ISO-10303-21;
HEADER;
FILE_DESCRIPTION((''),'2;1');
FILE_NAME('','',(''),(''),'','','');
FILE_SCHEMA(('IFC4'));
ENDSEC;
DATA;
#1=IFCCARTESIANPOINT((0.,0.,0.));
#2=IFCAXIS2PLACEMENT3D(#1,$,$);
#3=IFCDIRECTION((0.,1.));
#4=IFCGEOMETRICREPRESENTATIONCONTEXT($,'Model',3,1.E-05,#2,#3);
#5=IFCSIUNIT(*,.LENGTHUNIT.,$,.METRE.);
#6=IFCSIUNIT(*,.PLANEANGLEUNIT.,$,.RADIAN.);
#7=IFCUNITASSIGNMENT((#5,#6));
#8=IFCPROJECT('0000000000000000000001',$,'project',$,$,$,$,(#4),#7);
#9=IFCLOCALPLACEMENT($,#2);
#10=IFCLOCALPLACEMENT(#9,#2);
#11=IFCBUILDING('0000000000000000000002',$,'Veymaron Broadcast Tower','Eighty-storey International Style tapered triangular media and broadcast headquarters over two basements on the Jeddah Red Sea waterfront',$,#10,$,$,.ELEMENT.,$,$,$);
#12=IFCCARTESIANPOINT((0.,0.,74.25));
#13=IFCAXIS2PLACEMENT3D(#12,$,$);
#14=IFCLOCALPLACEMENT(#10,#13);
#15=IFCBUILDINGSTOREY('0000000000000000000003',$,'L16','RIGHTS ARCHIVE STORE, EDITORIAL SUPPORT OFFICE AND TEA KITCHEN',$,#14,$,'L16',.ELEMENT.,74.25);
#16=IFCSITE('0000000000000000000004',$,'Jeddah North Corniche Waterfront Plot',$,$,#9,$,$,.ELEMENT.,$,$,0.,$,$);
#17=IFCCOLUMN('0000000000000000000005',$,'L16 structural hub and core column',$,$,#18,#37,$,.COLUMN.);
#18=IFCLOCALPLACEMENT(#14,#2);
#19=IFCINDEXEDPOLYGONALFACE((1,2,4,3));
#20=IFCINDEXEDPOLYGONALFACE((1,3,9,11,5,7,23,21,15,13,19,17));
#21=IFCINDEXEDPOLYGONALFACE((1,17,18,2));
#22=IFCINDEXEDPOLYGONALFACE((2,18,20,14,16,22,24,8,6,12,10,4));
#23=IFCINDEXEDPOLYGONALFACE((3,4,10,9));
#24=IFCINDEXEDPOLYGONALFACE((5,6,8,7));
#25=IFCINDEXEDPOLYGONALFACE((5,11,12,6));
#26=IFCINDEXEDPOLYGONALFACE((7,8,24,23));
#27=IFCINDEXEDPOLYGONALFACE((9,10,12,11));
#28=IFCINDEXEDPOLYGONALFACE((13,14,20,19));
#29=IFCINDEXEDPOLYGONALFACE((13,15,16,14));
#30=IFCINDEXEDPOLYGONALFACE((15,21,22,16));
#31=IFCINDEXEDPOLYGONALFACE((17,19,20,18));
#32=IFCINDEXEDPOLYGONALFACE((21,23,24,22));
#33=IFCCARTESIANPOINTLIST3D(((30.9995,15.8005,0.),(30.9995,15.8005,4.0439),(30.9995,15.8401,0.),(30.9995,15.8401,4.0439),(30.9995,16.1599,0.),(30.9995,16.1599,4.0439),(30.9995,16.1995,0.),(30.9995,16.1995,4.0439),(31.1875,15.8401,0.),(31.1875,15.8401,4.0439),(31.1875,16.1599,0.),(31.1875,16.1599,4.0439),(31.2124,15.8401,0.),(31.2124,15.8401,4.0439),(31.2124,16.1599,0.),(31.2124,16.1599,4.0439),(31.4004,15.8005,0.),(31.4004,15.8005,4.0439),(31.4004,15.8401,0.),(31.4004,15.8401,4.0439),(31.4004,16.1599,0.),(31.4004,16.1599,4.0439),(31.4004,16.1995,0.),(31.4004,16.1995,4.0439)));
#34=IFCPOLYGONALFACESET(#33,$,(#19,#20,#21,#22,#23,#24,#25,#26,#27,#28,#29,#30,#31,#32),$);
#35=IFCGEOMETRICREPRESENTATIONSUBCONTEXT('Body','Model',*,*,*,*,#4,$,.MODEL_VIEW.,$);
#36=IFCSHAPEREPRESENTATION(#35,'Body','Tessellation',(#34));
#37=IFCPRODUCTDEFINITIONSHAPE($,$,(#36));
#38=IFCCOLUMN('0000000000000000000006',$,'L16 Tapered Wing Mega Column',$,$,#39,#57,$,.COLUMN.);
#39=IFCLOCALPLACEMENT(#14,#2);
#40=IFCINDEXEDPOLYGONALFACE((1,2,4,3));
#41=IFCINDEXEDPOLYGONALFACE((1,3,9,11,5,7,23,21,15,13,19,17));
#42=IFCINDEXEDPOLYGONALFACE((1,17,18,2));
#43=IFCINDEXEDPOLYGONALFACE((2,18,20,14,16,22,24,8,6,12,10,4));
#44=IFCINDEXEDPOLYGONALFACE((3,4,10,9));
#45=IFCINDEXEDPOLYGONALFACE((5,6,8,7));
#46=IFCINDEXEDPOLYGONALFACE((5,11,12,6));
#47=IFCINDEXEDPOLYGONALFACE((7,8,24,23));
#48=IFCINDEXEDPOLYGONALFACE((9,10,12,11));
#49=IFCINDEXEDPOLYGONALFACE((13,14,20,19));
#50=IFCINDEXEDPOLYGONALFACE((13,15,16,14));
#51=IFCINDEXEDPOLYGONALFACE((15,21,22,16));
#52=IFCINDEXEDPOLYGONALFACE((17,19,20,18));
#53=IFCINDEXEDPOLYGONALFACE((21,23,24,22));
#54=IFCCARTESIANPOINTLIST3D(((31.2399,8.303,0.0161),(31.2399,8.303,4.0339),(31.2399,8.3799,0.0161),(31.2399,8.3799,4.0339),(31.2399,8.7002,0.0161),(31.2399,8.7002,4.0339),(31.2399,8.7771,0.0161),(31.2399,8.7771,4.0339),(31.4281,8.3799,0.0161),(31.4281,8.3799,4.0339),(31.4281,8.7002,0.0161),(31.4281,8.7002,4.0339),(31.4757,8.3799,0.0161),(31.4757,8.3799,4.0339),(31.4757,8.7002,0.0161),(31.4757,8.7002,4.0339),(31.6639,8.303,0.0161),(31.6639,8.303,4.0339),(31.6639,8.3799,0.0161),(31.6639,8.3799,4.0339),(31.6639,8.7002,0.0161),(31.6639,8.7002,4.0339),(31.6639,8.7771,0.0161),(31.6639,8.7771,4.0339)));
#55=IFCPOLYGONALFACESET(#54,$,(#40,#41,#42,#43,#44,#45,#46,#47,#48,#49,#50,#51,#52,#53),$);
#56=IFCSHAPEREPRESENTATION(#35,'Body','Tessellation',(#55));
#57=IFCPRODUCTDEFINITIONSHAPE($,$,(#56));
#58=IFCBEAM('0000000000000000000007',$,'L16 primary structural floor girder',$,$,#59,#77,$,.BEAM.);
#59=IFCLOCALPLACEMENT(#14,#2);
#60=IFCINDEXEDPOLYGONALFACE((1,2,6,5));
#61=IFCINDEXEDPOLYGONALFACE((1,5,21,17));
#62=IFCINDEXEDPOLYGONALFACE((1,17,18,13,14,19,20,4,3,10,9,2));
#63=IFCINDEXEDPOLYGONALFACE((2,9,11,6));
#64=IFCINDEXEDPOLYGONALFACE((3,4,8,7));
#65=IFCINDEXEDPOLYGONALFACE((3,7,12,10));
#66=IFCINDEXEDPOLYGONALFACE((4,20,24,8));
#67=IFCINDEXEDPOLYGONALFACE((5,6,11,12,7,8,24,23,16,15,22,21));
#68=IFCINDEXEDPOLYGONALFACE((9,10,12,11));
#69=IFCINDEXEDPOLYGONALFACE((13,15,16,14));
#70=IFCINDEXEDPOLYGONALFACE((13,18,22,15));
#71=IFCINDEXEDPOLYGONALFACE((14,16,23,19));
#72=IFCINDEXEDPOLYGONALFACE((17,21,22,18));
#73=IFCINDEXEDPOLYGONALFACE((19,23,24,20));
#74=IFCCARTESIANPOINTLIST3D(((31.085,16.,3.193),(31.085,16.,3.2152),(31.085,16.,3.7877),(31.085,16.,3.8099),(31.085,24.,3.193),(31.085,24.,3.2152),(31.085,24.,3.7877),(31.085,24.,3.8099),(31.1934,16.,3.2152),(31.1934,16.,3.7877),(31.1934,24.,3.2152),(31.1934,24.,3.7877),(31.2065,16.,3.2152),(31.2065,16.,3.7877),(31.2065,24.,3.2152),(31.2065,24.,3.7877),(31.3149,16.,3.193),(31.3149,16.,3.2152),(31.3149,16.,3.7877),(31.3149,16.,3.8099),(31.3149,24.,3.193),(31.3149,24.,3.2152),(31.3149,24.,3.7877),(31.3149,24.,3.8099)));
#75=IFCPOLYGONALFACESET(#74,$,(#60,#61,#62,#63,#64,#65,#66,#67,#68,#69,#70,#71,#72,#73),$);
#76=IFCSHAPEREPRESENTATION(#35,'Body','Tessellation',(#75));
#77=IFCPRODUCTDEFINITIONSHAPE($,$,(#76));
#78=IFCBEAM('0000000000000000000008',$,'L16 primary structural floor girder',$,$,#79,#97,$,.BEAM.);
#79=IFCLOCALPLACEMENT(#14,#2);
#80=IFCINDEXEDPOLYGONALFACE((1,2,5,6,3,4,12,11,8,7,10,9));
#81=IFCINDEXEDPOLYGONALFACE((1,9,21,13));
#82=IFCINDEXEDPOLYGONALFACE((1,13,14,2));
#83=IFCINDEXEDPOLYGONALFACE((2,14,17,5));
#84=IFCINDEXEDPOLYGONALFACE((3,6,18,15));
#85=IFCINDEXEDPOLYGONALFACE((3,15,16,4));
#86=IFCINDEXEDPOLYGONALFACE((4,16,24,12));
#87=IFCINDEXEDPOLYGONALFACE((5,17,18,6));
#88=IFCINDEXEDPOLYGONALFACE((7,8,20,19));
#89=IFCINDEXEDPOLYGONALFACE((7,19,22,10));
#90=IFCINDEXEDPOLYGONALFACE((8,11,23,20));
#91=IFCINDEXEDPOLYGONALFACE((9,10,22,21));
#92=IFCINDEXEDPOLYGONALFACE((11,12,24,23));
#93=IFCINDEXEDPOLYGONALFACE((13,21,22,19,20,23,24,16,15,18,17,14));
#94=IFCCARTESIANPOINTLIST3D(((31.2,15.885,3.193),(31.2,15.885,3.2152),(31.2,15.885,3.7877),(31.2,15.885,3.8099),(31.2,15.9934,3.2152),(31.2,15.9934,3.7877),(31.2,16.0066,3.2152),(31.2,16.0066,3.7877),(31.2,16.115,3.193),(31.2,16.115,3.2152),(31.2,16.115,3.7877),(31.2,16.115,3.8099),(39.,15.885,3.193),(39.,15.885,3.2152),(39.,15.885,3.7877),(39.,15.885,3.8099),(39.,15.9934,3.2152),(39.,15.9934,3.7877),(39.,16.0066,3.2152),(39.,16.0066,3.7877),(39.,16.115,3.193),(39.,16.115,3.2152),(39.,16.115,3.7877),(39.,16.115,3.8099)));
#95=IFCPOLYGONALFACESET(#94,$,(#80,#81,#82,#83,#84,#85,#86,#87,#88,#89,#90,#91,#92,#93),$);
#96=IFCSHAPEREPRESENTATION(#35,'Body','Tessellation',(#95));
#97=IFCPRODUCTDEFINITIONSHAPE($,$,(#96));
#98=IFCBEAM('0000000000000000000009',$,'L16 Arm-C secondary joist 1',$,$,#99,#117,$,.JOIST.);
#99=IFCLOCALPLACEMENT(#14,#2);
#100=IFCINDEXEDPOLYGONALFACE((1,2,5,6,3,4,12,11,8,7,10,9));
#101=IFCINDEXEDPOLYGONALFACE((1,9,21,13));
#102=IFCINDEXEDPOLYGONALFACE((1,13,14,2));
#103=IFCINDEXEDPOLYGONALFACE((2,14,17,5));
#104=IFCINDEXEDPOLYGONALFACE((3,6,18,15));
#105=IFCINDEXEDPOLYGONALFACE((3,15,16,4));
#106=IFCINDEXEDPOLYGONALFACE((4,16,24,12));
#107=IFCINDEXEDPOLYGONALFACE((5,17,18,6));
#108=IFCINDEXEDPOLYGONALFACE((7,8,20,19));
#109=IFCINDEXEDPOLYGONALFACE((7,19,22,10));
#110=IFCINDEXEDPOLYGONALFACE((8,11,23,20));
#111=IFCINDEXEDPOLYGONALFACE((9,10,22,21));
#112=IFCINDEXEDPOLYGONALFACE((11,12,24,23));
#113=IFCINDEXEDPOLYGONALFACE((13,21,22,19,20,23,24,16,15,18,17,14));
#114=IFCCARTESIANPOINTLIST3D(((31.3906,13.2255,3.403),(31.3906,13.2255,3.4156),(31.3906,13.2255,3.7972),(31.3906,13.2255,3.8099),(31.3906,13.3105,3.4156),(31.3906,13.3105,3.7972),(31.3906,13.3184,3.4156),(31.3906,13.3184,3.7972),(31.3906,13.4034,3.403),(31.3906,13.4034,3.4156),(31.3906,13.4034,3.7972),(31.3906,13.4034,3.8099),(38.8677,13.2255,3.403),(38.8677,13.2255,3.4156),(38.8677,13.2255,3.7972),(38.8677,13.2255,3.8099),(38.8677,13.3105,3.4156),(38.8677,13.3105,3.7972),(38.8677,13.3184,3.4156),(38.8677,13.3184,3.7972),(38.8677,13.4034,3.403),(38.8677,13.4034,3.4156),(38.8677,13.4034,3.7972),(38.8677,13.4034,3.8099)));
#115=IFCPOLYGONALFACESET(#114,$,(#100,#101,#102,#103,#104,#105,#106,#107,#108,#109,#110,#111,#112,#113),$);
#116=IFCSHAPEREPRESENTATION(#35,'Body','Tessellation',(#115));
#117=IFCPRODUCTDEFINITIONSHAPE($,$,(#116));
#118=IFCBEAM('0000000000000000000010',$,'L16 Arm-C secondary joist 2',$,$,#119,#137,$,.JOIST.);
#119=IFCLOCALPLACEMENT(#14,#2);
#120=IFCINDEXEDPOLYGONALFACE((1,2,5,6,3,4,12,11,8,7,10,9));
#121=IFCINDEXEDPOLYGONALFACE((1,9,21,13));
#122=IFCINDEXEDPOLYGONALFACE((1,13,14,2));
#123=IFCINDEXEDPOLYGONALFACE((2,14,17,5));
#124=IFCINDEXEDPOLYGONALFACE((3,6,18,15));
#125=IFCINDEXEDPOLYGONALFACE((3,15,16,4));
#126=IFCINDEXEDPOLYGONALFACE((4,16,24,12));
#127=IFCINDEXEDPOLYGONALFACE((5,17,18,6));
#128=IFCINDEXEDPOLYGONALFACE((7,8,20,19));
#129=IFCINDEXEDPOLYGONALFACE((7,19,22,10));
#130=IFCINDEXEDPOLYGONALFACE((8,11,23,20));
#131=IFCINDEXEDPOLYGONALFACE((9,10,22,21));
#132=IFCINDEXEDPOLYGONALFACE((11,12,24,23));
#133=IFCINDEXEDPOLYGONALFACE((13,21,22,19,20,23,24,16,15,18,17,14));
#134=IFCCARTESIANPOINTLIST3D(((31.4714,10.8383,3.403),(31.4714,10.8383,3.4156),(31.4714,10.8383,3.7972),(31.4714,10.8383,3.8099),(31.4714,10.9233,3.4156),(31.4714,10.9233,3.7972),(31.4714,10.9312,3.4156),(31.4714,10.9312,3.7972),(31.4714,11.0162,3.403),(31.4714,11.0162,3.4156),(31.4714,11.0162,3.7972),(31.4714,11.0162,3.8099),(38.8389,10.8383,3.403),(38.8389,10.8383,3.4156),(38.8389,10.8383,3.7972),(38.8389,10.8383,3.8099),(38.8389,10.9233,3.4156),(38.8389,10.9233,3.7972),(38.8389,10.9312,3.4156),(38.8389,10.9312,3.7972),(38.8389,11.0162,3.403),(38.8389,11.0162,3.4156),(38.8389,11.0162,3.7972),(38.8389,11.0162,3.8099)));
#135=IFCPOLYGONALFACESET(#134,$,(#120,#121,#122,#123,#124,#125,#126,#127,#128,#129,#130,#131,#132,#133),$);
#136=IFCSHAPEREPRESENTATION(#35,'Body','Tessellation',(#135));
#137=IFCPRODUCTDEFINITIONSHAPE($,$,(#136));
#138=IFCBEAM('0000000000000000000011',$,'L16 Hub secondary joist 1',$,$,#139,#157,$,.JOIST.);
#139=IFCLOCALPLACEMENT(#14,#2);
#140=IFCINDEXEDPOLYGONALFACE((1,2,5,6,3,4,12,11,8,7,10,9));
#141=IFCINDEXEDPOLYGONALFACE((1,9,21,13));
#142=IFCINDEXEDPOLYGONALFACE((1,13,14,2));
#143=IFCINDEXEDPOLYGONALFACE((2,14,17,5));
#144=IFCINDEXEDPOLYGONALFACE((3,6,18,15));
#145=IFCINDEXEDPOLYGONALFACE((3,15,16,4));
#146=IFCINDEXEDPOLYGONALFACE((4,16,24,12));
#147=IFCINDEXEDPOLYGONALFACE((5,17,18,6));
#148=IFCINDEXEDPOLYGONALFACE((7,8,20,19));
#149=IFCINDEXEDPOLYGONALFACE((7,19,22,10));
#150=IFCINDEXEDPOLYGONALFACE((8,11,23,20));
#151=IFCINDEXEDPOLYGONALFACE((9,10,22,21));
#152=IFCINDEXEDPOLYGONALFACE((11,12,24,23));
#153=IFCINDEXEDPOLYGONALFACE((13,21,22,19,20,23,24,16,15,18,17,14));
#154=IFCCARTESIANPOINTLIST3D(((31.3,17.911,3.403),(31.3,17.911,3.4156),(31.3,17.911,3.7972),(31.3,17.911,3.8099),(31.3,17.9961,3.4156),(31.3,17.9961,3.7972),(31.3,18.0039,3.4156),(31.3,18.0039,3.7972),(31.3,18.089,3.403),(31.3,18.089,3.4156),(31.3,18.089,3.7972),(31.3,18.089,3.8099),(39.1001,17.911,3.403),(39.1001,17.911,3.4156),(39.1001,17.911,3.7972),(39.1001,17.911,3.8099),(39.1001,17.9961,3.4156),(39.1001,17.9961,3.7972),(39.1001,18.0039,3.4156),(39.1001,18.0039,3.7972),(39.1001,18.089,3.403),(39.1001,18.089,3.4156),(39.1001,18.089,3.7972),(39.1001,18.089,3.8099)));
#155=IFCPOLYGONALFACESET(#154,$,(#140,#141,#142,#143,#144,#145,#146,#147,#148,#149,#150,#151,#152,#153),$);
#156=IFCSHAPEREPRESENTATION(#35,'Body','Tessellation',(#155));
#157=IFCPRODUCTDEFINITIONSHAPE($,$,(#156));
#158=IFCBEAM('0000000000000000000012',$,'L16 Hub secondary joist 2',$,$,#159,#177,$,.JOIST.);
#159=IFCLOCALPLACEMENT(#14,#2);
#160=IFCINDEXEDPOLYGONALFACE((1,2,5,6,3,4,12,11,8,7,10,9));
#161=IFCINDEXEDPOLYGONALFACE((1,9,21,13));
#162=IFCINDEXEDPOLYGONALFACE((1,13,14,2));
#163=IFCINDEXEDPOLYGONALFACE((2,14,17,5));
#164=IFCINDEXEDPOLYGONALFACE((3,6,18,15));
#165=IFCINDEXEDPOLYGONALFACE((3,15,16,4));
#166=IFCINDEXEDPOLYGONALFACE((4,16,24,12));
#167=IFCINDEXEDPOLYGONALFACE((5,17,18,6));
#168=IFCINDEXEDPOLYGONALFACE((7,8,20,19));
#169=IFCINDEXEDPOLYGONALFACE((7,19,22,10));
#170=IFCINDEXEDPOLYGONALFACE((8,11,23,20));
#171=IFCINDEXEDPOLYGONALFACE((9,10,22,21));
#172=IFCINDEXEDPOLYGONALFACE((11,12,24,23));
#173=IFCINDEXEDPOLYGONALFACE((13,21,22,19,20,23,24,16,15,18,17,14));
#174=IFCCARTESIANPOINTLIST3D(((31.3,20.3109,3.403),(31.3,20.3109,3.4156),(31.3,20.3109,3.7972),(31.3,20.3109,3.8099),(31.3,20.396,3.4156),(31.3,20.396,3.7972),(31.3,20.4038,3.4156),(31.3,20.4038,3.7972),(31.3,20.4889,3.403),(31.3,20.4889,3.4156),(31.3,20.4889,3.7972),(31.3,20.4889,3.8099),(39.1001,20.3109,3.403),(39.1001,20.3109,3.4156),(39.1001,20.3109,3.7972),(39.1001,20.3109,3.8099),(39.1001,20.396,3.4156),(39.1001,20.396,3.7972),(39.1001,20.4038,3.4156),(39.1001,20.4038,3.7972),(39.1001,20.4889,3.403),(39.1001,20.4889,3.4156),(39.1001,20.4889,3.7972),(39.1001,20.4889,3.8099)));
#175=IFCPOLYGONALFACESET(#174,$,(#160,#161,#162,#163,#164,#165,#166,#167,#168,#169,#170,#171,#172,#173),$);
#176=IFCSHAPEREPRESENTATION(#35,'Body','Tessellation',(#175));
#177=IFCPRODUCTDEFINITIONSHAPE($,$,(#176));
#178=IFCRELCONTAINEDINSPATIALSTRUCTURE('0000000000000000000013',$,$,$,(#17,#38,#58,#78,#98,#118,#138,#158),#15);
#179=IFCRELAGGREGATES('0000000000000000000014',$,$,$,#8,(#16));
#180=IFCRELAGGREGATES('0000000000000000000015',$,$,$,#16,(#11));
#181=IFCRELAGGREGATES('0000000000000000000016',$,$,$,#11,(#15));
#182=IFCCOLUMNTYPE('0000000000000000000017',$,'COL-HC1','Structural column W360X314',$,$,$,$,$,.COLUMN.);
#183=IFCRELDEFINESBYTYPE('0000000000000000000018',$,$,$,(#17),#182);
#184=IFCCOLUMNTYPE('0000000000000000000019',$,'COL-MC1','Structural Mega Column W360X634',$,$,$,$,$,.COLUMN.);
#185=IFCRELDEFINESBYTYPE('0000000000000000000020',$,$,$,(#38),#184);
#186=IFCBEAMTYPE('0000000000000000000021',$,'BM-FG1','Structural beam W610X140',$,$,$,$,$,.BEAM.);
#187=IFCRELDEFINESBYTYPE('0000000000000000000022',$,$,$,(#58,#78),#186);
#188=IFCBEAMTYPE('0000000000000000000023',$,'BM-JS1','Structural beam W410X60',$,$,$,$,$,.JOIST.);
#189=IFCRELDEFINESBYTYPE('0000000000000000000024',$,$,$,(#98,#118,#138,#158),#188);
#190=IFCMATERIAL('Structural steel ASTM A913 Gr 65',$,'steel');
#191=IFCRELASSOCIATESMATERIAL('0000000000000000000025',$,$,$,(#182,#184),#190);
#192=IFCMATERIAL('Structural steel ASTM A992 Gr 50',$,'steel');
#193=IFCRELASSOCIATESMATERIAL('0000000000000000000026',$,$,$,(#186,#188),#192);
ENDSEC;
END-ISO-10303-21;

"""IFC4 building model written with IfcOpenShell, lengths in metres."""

from ifc_helpers import new_model, si_unit, direction, frame, origin, origin_2d, place, context, subcontext, project, spatial, i_section, extrude, material, material_profile, profile_set, type_object, element, save


model = new_model("IFC4")

# Units and contexts
model_context = context("Model", 3, precision=1e-05, world=origin(), true_north=direction((0.0, 1.0)))
body_context = subcontext(model_context, "Body", "Model", "MODEL_VIEW")
ifc_project = project(units=[si_unit("LENGTHUNIT", "METRE"), si_unit("PLANEANGLEUNIT", "RADIAN")], contexts=[model_context])

# Site, building, storey
site_placement = place(None, origin())
site = spatial("IfcSite", under=ifc_project, at=site_placement, Name="Jeddah North Corniche Waterfront Plot", CompositionType="ELEMENT", RefElevation=0.0)
building_placement = place(site_placement, origin())
building = spatial("IfcBuilding", under=site, at=building_placement, Name="Veymaron Broadcast Tower", Description="Eighty-storey International Style tapered triangular media and broadcast headquarters over two basements on the Jeddah Red Sea waterfront", CompositionType="ELEMENT")
storey_placement = place(building_placement, frame((0.0, 0.0, 74.25)))
storey = spatial("IfcBuildingStorey", under=building, at=storey_placement, Name="L16", Description="RIGHTS ARCHIVE STORE, EDITORIAL SUPPORT OFFICE AND TEA KITCHEN", LongName="L16", CompositionType="ELEMENT", Elevation=74.25)

# Columns
ifc_material_1 = material(Name="Structural steel ASTM A913 Gr 65", Category="steel")
ifc_material_profile_1 = material_profile(ifc_material_1, i_section(OverallWidth=0.4009, OverallDepth=0.3989, WebThickness=0.0249, FlangeThickness=0.0396, at=origin_2d()), Name="W360X314")
ifc_profile_set_1 = profile_set([ifc_material_profile_1], Name="Structural steel ASTM A913 Gr 65")
column_type_1 = type_object("IfcColumnType", Name="COL-HC1", Description="Structural column W360X314", PredefinedType="COLUMN", material=ifc_profile_set_1)
column_1_placement = place(storey_placement, frame((31.2, 16.0, 0.0), z_axis=(0.0, 0.0, 1.0), x_axis=(1.0, 0.0, 0.0)))
element("IfcColumn", 1, at=column_1_placement, inside=storey, type_object=column_type_1, Name="L16 structural hub and core column", PredefinedType="COLUMN", context=body_context, shape_type="SweptSolid", body=[
    extrude(i_section(OverallWidth=0.4009, OverallDepth=0.3989, WebThickness=0.0249, FlangeThickness=0.0396, at=origin_2d()), origin(), (0.0, 0.0, 1.0), 4.0439),
])
ifc_material_profile_2 = material_profile(ifc_material_1, i_section(OverallWidth=0.4241, OverallDepth=0.4741, WebThickness=0.0476, FlangeThickness=0.0769, at=origin_2d()), Name="W360X634")
ifc_profile_set_2 = profile_set([ifc_material_profile_2], Name="Structural steel ASTM A913 Gr 65")
column_type_2 = type_object("IfcColumnType", Name="COL-MC1", Description="Structural Mega Column W360X634", PredefinedType="COLUMN", material=ifc_profile_set_2)
column_2_placement = place(storey_placement, frame((31.4519, 8.54, 0.0161), z_axis=(0.0, 0.0, 1.0), x_axis=(1.0, 0.0, 0.0)))
element("IfcColumn", 2, at=column_2_placement, inside=storey, type_object=column_type_2, Name="L16 Tapered Wing Mega Column", PredefinedType="COLUMN", context=body_context, shape_type="SweptSolid", body=[
    extrude(i_section(OverallWidth=0.4241, OverallDepth=0.4741, WebThickness=0.0476, FlangeThickness=0.0769, at=origin_2d()), origin(), (0.0, 0.0, 1.0), 4.0178),
])

# Beams
ifc_material_2 = material(Name="Structural steel ASTM A992 Gr 50", Category="steel")
ifc_material_profile_3 = material_profile(ifc_material_2, i_section(OverallWidth=0.23, OverallDepth=0.6169, WebThickness=0.0132, FlangeThickness=0.0222, at=origin_2d()), Name="W610X140")
ifc_profile_set_3 = profile_set([ifc_material_profile_3], Name="Structural steel ASTM A992 Gr 50")
beam_type_1 = type_object("IfcBeamType", Name="BM-FG1", Description="Structural beam W610X140", PredefinedType="BEAM", material=ifc_profile_set_3)
beam_1_placement = place(storey_placement, frame((31.2, 16.0, 3.5015), z_axis=(0.0, 1.0, 0.0), x_axis=(-1.0, 0.0, 0.0)))
element("IfcBeam", 3, at=beam_1_placement, inside=storey, type_object=beam_type_1, Name="L16 primary structural floor girder", PredefinedType="BEAM", context=body_context, shape_type="SweptSolid", body=[
    extrude(i_section(OverallWidth=0.23, OverallDepth=0.6169, WebThickness=0.0132, FlangeThickness=0.0222, at=origin_2d()), origin(), (0.0, 0.0, 1.0), 8.0),
])
beam_2_placement = place(storey_placement, frame((31.2, 16.0, 3.5015), z_axis=(1.0, 0.0, 0.0), x_axis=(0.0, 1.0, 0.0)))
element("IfcBeam", 4, at=beam_2_placement, inside=storey, type_object=beam_type_1, Name="L16 primary structural floor girder", PredefinedType="BEAM", context=body_context, shape_type="SweptSolid", body=[
    extrude(i_section(OverallWidth=0.23, OverallDepth=0.6169, WebThickness=0.0132, FlangeThickness=0.0222, at=origin_2d()), origin(), (0.0, 0.0, 1.0), 7.8),
])
ifc_material_profile_4 = material_profile(ifc_material_2, i_section(OverallWidth=0.178, OverallDepth=0.407, WebThickness=0.0078, FlangeThickness=0.0127, at=origin_2d()), Name="W410X60")
ifc_profile_set_4 = profile_set([ifc_material_profile_4], Name="Structural steel ASTM A992 Gr 50")
beam_type_2 = type_object("IfcBeamType", Name="BM-JS1", Description="Structural beam W410X60", PredefinedType="JOIST", material=ifc_profile_set_4)
beam_3_placement = place(storey_placement, frame((31.3906, 13.3145, 3.6064), z_axis=(1.0, 0.0, 0.0), x_axis=(0.0, 1.0, 0.0)))
element("IfcBeam", 5, at=beam_3_placement, inside=storey, type_object=beam_type_2, Name="L16 Arm-C secondary joist 1", PredefinedType="JOIST", context=body_context, shape_type="SweptSolid", body=[
    extrude(i_section(OverallWidth=0.178, OverallDepth=0.407, WebThickness=0.0078, FlangeThickness=0.0127, at=origin_2d()), origin(), (0.0, 0.0, 1.0), 7.4771),
])
beam_4_placement = place(storey_placement, frame((31.4714, 10.9272, 3.6064), z_axis=(1.0, 0.0, 0.0), x_axis=(0.0, 1.0, 0.0)))
element("IfcBeam", 6, at=beam_4_placement, inside=storey, type_object=beam_type_2, Name="L16 Arm-C secondary joist 2", PredefinedType="JOIST", context=body_context, shape_type="SweptSolid", body=[
    extrude(i_section(OverallWidth=0.178, OverallDepth=0.407, WebThickness=0.0078, FlangeThickness=0.0127, at=origin_2d()), origin(), (0.0, 0.0, 1.0), 7.3674),
])
for number, where, z_axis, x_axis, name in (
    (7, (31.3, 18.0, 3.6064), (1.0, 0.0, 0.0), (0.0, 1.0, 0.0), "L16 Hub secondary joist 1"),
    (8, (31.3, 20.3999, 3.6064), (1.0, 0.0, 0.0), (0.0, 1.0, 0.0), "L16 Hub secondary joist 2"),
):
    element("IfcBeam", number, at=place(storey_placement, frame(where, z_axis=z_axis, x_axis=x_axis)), inside=storey, type_object=beam_type_2, Name=name, PredefinedType="JOIST", context=body_context, shape_type="SweptSolid", body=[
        extrude(i_section(OverallWidth=0.178, OverallDepth=0.407, WebThickness=0.0078, FlangeThickness=0.0127, at=origin_2d()), origin(), (0.0, 0.0, 1.0), 7.8),
    ])

save(model, "model.ifc")
